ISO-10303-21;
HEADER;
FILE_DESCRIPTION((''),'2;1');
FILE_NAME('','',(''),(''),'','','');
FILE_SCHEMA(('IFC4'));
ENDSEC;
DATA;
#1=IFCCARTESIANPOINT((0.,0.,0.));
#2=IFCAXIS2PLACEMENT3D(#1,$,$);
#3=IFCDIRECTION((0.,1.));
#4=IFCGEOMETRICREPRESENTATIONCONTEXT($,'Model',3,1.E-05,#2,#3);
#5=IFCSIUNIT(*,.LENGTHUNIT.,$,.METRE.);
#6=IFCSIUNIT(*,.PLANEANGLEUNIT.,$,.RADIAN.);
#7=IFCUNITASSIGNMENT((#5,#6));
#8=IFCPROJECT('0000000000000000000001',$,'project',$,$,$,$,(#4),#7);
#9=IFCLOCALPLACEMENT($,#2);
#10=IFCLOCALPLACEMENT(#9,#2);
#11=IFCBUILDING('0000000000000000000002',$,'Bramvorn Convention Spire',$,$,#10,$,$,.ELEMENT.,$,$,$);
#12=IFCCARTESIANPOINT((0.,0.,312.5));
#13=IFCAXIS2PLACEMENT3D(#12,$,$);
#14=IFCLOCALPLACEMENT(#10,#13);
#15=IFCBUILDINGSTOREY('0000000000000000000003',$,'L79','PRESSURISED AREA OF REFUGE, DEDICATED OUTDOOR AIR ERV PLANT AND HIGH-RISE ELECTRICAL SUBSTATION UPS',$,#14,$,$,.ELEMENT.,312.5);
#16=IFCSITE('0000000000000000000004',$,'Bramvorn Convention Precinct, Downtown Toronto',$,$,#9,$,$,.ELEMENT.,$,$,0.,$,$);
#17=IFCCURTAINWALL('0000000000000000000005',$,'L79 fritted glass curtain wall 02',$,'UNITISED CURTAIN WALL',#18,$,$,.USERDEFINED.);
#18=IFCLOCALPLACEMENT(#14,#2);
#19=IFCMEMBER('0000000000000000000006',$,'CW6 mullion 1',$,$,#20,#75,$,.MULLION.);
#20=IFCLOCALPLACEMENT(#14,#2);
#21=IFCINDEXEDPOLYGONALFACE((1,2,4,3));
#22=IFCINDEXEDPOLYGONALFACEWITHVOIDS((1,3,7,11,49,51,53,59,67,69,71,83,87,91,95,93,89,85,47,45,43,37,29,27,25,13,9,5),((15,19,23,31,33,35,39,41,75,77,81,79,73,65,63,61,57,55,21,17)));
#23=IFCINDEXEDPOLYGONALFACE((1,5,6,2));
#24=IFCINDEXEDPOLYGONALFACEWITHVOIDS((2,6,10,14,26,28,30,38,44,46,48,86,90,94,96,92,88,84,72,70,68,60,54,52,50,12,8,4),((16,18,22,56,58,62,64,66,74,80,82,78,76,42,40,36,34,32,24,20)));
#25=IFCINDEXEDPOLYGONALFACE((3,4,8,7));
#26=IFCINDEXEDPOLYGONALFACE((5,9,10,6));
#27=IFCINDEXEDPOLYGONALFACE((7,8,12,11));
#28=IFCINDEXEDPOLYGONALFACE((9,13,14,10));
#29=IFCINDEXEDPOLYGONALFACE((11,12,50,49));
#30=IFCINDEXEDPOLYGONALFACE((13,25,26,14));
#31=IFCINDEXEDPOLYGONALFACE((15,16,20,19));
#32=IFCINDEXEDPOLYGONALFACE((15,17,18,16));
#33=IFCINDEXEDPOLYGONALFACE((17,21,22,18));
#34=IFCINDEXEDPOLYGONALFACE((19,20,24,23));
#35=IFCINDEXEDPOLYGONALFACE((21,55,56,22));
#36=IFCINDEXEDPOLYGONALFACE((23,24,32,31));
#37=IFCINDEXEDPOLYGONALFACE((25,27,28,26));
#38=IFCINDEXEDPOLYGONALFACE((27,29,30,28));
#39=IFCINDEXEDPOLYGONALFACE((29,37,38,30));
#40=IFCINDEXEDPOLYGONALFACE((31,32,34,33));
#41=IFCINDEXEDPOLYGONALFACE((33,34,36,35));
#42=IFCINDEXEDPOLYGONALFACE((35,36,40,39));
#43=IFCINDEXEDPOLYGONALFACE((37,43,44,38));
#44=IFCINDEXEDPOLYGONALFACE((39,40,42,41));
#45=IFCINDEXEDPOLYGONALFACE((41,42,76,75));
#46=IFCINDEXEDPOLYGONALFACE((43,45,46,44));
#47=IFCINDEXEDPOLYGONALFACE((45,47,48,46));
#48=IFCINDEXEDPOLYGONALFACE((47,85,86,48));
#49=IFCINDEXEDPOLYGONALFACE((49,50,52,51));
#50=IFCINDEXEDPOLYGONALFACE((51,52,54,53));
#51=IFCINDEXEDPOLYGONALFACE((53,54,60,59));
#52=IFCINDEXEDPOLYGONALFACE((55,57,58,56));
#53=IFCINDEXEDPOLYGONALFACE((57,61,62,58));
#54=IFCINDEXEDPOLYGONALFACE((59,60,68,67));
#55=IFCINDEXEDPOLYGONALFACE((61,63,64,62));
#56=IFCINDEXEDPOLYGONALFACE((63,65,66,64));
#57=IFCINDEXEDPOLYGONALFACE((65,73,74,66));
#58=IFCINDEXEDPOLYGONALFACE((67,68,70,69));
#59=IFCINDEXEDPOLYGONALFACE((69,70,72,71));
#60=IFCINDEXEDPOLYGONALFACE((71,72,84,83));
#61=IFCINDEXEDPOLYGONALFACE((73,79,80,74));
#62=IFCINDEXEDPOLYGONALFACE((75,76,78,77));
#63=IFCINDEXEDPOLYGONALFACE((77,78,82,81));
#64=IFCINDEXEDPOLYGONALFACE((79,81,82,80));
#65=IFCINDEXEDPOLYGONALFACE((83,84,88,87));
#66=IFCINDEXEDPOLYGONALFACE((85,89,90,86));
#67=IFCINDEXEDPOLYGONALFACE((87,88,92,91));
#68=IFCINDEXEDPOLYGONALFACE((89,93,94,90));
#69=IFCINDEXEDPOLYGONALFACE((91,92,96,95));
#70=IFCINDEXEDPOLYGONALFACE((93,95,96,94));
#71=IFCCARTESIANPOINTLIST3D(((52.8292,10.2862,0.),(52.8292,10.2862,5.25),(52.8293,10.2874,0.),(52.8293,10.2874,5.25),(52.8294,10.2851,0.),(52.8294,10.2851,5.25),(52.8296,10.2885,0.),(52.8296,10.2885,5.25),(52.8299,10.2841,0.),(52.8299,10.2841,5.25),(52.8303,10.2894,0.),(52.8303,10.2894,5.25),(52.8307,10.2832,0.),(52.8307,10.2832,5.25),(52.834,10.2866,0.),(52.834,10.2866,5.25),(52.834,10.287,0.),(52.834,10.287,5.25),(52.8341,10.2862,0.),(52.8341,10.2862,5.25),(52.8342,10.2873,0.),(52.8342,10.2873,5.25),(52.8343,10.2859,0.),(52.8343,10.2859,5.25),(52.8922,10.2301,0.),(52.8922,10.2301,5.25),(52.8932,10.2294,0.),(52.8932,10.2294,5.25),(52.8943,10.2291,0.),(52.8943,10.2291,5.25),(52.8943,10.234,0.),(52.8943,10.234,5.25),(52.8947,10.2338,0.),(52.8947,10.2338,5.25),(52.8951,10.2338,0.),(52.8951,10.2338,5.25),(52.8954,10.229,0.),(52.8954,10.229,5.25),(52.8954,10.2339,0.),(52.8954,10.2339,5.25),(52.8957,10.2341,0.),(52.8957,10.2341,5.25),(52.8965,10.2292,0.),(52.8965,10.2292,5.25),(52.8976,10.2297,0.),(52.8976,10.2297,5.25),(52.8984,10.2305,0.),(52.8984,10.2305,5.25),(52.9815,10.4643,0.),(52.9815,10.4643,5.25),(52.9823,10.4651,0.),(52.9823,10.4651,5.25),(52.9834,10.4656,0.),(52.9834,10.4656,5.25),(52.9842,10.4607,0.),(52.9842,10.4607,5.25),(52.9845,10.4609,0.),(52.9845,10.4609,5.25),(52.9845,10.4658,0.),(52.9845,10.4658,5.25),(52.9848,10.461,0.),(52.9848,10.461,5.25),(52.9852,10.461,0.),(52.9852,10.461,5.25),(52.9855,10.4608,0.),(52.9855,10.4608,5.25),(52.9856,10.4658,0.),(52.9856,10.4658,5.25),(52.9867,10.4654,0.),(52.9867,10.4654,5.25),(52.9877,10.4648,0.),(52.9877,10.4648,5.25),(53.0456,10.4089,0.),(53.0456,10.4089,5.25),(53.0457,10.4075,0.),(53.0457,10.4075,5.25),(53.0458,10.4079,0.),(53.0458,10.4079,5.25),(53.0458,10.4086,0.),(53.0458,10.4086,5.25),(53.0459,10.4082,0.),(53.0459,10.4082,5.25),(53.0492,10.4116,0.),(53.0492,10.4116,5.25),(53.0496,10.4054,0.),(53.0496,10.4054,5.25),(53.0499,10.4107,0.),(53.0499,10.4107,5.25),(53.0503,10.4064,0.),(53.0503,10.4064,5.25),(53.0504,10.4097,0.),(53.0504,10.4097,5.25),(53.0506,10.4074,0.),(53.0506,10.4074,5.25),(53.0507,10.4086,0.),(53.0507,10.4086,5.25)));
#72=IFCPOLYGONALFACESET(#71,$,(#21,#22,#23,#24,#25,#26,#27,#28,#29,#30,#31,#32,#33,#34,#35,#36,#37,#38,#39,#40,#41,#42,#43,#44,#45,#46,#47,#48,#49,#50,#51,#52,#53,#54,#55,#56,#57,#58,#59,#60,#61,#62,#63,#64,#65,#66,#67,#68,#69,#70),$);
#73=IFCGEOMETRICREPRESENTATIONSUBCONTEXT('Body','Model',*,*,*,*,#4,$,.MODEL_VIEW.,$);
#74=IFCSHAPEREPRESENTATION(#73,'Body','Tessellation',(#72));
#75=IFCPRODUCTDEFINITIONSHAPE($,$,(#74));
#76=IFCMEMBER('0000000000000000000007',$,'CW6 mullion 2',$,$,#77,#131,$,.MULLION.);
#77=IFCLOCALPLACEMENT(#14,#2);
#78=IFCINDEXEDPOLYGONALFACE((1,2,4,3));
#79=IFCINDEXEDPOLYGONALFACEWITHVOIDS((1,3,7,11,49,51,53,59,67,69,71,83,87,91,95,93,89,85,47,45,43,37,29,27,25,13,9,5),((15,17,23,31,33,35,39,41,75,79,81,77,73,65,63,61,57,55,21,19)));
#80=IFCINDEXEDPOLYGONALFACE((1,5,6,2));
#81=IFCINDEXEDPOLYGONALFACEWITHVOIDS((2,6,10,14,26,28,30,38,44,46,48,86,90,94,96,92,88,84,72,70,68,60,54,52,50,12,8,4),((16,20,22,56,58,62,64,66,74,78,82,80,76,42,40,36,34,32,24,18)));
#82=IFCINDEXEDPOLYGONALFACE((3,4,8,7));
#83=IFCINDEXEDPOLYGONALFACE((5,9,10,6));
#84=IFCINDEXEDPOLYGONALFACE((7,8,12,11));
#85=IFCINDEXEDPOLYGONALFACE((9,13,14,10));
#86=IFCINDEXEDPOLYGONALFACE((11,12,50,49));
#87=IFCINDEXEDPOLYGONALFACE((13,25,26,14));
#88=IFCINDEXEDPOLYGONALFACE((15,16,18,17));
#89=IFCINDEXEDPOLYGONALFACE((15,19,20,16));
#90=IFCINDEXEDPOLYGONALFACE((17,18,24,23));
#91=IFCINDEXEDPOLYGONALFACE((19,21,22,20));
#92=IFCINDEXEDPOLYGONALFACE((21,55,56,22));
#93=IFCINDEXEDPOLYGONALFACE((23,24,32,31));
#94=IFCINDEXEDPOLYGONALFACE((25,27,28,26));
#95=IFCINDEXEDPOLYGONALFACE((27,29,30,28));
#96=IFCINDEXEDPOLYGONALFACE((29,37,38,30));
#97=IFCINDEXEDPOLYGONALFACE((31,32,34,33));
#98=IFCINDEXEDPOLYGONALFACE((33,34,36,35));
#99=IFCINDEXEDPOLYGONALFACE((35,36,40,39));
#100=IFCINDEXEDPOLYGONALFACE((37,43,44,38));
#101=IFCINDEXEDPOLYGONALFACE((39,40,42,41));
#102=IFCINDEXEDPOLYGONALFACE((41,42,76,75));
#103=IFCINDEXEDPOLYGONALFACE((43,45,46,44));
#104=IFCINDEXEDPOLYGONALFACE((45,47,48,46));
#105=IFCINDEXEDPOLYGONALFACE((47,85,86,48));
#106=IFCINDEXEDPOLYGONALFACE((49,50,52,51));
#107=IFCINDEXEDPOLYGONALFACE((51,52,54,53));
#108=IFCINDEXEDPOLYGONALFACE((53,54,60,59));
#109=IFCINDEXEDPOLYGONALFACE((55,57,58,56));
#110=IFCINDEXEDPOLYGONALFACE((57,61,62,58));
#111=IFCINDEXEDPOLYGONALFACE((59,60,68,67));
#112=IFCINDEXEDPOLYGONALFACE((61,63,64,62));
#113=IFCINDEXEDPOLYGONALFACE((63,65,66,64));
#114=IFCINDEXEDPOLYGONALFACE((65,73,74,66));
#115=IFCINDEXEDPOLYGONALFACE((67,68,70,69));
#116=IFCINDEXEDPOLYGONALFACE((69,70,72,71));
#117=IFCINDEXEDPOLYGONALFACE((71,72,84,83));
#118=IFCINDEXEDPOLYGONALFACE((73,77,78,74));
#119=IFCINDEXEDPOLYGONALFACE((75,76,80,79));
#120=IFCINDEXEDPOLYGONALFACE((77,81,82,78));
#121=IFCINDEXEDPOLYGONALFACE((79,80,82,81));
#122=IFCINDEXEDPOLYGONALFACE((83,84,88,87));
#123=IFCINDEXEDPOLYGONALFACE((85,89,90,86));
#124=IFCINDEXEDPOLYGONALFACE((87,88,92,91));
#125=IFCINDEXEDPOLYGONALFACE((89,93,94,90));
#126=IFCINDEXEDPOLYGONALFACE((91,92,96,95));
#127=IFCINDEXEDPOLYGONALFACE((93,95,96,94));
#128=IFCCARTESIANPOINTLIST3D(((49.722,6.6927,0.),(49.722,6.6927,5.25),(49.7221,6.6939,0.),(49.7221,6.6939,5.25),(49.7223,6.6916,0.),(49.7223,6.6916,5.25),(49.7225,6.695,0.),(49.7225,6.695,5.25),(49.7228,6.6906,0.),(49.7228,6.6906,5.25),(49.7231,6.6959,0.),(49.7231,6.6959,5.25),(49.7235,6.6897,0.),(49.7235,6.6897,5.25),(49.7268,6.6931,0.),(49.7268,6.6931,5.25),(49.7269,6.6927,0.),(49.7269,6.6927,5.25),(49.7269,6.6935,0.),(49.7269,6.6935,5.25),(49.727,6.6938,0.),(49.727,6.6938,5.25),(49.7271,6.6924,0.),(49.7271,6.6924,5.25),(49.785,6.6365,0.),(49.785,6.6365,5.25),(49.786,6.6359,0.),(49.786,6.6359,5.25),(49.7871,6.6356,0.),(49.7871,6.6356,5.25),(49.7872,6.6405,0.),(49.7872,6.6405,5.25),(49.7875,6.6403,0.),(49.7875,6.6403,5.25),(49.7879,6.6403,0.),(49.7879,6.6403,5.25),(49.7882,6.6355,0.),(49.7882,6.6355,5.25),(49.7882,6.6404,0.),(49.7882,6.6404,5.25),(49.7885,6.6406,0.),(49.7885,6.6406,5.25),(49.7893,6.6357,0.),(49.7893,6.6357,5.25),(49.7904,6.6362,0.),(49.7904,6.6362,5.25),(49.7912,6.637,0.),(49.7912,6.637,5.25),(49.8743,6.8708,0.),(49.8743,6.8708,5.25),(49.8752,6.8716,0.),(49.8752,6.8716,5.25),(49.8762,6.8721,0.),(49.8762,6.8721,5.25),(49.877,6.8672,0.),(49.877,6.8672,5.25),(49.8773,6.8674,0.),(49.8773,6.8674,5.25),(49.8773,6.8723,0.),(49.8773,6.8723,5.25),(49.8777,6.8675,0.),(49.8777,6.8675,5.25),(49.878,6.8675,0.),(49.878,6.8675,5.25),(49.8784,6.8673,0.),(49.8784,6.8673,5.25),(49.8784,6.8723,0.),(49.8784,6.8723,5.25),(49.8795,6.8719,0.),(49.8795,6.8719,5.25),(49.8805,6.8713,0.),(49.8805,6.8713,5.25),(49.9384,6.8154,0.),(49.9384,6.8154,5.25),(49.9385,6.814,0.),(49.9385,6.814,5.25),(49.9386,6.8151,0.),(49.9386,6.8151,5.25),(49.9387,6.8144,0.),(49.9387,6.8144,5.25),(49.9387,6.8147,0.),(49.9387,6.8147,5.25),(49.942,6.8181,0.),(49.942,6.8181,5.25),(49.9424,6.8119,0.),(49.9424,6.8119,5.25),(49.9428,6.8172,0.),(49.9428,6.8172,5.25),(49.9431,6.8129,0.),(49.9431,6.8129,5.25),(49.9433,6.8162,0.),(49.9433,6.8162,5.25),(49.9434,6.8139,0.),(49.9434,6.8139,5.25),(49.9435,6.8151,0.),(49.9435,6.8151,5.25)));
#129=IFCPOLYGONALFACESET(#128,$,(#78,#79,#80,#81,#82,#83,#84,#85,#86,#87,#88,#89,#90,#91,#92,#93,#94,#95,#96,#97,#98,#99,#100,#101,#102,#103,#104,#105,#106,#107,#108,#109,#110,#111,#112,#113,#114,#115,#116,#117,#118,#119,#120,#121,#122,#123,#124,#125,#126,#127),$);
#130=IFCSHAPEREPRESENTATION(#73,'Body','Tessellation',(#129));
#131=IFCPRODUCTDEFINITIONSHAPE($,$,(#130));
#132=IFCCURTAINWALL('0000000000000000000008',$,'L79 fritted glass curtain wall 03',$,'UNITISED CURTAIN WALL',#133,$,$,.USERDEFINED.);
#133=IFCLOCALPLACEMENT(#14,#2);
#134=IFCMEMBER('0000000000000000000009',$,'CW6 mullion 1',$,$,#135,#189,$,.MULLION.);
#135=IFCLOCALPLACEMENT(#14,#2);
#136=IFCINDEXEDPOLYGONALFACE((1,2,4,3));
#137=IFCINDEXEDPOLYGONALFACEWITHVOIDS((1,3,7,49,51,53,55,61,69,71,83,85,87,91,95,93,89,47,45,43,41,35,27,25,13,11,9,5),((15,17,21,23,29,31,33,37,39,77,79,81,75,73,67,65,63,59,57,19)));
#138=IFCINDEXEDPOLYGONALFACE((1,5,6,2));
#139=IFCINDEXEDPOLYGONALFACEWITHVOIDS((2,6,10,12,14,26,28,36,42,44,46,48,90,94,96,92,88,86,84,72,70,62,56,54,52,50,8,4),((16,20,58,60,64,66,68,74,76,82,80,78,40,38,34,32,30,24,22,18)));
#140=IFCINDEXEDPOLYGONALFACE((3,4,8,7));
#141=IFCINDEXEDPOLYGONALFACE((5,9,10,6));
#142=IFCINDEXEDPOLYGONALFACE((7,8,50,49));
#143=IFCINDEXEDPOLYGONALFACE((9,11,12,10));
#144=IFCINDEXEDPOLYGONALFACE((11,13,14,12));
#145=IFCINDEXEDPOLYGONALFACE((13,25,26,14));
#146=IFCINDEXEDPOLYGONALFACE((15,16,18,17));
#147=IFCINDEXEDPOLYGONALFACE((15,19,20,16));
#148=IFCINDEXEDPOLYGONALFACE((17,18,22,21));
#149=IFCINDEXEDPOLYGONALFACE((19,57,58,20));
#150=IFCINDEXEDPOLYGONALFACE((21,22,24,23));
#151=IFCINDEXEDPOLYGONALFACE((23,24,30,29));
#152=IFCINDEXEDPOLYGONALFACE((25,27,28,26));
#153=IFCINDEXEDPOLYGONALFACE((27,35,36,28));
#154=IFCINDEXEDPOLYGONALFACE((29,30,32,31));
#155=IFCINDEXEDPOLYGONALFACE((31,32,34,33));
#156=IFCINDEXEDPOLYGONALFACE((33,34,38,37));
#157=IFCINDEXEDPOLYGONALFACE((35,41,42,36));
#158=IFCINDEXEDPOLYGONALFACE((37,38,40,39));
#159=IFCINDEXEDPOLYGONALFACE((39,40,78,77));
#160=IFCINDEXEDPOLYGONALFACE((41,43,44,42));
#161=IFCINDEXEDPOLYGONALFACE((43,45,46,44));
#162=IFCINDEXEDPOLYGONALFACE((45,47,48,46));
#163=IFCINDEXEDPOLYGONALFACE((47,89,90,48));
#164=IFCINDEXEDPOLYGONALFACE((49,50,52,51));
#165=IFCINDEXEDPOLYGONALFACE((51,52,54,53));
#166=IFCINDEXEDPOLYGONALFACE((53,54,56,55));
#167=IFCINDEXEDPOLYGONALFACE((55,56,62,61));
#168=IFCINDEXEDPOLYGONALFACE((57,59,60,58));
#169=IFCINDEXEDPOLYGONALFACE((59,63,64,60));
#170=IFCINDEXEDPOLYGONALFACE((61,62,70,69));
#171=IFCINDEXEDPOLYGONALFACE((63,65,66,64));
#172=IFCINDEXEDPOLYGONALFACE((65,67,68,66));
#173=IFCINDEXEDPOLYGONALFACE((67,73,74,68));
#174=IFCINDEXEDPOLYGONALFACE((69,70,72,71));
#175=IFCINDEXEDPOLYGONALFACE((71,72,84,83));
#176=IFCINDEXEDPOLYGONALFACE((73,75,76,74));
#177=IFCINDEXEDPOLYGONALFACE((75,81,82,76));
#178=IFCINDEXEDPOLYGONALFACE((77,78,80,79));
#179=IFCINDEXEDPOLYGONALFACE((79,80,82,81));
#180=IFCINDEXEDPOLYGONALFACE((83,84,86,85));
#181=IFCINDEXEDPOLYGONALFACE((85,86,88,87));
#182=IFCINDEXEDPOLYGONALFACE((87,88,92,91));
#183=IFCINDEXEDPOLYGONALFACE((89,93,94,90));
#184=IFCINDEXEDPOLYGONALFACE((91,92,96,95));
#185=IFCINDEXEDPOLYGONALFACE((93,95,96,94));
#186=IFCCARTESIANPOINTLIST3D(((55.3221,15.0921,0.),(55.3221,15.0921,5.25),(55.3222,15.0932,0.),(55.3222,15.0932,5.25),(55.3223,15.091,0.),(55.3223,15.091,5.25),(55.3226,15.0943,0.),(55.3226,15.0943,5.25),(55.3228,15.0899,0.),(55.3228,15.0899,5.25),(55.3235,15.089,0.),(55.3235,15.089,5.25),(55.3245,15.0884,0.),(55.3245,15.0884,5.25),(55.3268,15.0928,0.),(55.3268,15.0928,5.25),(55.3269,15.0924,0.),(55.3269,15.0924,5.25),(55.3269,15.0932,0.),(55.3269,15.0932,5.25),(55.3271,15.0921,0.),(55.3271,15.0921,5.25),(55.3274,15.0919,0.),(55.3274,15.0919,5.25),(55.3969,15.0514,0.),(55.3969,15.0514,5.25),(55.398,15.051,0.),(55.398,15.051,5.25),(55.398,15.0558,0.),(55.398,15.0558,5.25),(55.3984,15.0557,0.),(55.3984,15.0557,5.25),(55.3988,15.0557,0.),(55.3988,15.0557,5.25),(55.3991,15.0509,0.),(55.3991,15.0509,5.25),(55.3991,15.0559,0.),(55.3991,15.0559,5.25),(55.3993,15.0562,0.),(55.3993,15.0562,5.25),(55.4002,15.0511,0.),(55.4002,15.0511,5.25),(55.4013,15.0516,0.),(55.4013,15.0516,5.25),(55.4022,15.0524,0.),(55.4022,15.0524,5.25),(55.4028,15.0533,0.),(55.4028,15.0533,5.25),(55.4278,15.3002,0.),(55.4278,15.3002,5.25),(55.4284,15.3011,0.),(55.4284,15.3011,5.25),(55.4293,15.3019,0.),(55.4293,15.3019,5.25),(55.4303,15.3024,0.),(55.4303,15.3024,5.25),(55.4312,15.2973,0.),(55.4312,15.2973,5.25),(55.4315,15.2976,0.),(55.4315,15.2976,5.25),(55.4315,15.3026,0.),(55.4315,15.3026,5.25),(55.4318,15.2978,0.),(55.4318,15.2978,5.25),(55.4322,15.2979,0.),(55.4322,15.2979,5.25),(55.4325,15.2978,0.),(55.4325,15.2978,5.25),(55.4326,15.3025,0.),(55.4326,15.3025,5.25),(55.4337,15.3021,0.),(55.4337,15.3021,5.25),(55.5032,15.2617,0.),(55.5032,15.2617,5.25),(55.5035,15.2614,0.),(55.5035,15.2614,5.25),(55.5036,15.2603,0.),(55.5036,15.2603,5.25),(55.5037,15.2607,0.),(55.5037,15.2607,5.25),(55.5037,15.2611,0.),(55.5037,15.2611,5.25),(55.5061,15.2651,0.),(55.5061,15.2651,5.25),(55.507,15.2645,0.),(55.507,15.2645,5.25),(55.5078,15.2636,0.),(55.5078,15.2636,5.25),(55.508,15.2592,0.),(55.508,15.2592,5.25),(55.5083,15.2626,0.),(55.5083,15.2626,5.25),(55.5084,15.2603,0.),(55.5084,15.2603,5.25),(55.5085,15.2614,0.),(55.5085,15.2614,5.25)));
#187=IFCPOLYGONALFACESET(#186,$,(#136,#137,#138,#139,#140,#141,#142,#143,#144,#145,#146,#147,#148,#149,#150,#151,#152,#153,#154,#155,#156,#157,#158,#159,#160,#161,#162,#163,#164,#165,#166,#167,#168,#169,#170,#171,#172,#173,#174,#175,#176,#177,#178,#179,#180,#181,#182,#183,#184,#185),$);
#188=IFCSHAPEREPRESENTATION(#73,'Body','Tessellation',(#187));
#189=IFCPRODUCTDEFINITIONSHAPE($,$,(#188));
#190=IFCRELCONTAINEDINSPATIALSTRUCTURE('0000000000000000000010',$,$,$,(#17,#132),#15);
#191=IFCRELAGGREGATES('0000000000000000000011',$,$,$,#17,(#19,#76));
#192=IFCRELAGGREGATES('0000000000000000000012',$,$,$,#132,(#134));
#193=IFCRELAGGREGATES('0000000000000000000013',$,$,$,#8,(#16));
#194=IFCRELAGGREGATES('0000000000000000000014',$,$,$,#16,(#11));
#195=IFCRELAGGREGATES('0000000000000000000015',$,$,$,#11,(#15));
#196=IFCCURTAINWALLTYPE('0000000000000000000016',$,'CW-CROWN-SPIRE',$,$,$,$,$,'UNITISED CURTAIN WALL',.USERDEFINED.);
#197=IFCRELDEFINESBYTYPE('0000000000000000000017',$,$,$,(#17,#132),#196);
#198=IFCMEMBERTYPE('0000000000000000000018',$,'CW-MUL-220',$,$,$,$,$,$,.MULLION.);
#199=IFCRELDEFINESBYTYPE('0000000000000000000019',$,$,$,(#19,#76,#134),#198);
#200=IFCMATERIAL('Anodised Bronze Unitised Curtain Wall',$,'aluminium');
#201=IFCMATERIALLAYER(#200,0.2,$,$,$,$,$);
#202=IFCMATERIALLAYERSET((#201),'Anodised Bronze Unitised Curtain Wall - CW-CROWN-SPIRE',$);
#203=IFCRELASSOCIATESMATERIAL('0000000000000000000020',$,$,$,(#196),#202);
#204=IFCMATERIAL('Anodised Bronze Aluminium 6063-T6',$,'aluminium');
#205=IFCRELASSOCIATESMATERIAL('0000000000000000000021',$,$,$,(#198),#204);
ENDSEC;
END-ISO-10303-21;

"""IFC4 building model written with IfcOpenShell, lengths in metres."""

from ifc_helpers import new_model, si_unit, direction, frame, origin, origin_2d, place, context, subcontext, project, spatial, hollow_rectangle, extrude, material, layer, layer_set, material_profile, profile_set, type_object, element, aggregate, save


model = new_model("IFC4")

# Units and contexts
model_context = context("Model", 3, precision=1e-05, world=origin(), true_north=direction((0.0, 1.0)))
body_context = subcontext(model_context, "Body", "Model", "MODEL_VIEW")
ifc_project = project(units=[si_unit("LENGTHUNIT", "METRE"), si_unit("PLANEANGLEUNIT", "RADIAN")], contexts=[model_context])

# Site, building, storey
site_placement = place(None, origin())
site = spatial("IfcSite", under=ifc_project, at=site_placement, Name="Bramvorn Convention Precinct, Downtown Toronto", CompositionType="ELEMENT", RefElevation=0.0)
building_placement = place(site_placement, origin())
building = spatial("IfcBuilding", under=site, at=building_placement, Name="Bramvorn Convention Spire", CompositionType="ELEMENT")
storey_placement = place(building_placement, frame((0.0, 0.0, 312.5)))
storey = spatial("IfcBuildingStorey", under=building, at=storey_placement, Name="L79", Description="PRESSURISED AREA OF REFUGE, DEDICATED OUTDOOR AIR ERV PLANT AND HIGH-RISE ELECTRICAL SUBSTATION UPS", CompositionType="ELEMENT", Elevation=312.5)

# Curtain walls, members
ifc_material_1 = material(Name="Anodised Bronze Unitised Curtain Wall", Category="aluminium")
ifc_layer_1 = layer(ifc_material_1, 0.2)
ifc_layer_set_1 = layer_set([ifc_layer_1], Name="Anodised Bronze Unitised Curtain Wall - CW-CROWN-SPIRE")
curtain_wall_type = type_object("IfcCurtainWallType", Name="CW-CROWN-SPIRE", ElementType="UNITISED CURTAIN WALL", PredefinedType="USERDEFINED", material=ifc_layer_set_1)
curtain_wall_1_placement = place(storey_placement, origin())
curtain_wall_1 = element("IfcCurtainWall", 1, at=curtain_wall_1_placement, inside=storey, type_object=curtain_wall_type, Name="L79 fritted glass curtain wall 02", ObjectType="UNITISED CURTAIN WALL", PredefinedType="USERDEFINED")
ifc_material_2 = material(Name="Anodised Bronze Aluminium 6063-T6", Category="aluminium")
ifc_material_profile_1 = material_profile(ifc_material_2, hollow_rectangle(XDim=0.0901, YDim=0.24, WallThickness=0.0044, InnerFilletRadius=0.001, OuterFilletRadius=0.0044, at=origin_2d()))
ifc_profile_set_1 = profile_set([ifc_material_profile_1], Name="Anodised Bronze Aluminium 6063-T6 - CWM90X240")
member_type_1 = type_object("IfcMemberType", Name="CW-MUL-220", PredefinedType="MULLION", material=ifc_profile_set_1)
member_1_placement = place(storey_placement, frame((52.9399, 10.3474, 0.0), z_axis=(0.0, 0.0, 1.0), x_axis=(0.75646, -0.65404, 0.0)))
member_1 = element("IfcMember", 2, at=member_1_placement, type_object=member_type_1, Name="CW6 mullion 1", PredefinedType="MULLION", context=body_context, shape_type="SweptSolid", body=[
    extrude(hollow_rectangle(XDim=0.0901, YDim=0.24, WallThickness=0.0044, InnerFilletRadius=0.001, OuterFilletRadius=0.0044, at=origin_2d()), origin(), (0.0, 0.0, 1.0), 5.25),
])
member_2_placement = place(storey_placement, frame((49.8328, 6.7539, 0.0), z_axis=(0.0, 0.0, 1.0), x_axis=(0.75646, -0.65404, 0.0)))
member_2 = element("IfcMember", 3, at=member_2_placement, type_object=member_type_1, Name="CW6 mullion 2", PredefinedType="MULLION", context=body_context, shape_type="SweptSolid", body=[
    extrude(hollow_rectangle(XDim=0.0901, YDim=0.24, WallThickness=0.0044, InnerFilletRadius=0.001, OuterFilletRadius=0.0044, at=origin_2d()), origin(), (0.0, 0.0, 1.0), 5.25),
])
curtain_wall_2_placement = place(storey_placement, origin())
curtain_wall_2 = element("IfcCurtainWall", 4, at=curtain_wall_2_placement, inside=storey, type_object=curtain_wall_type, Name="L79 fritted glass curtain wall 03", ObjectType="UNITISED CURTAIN WALL", PredefinedType="USERDEFINED")
member_3_placement = place(storey_placement, frame((55.4153, 15.1768, 0.0), z_axis=(0.0, 0.0, 1.0), x_axis=(0.89051, -0.454964, 0.0)))
member_3 = element("IfcMember", 5, at=member_3_placement, type_object=member_type_1, Name="CW6 mullion 1", PredefinedType="MULLION", context=body_context, shape_type="SweptSolid", body=[
    extrude(hollow_rectangle(XDim=0.0901, YDim=0.24, WallThickness=0.0044, InnerFilletRadius=0.001, OuterFilletRadius=0.0044, at=origin_2d()), origin(), (0.0, 0.0, 1.0), 5.25),
])

aggregate(curtain_wall_1, [member_1, member_2])
aggregate(curtain_wall_2, [member_3])

save(model, "model.ifc")
